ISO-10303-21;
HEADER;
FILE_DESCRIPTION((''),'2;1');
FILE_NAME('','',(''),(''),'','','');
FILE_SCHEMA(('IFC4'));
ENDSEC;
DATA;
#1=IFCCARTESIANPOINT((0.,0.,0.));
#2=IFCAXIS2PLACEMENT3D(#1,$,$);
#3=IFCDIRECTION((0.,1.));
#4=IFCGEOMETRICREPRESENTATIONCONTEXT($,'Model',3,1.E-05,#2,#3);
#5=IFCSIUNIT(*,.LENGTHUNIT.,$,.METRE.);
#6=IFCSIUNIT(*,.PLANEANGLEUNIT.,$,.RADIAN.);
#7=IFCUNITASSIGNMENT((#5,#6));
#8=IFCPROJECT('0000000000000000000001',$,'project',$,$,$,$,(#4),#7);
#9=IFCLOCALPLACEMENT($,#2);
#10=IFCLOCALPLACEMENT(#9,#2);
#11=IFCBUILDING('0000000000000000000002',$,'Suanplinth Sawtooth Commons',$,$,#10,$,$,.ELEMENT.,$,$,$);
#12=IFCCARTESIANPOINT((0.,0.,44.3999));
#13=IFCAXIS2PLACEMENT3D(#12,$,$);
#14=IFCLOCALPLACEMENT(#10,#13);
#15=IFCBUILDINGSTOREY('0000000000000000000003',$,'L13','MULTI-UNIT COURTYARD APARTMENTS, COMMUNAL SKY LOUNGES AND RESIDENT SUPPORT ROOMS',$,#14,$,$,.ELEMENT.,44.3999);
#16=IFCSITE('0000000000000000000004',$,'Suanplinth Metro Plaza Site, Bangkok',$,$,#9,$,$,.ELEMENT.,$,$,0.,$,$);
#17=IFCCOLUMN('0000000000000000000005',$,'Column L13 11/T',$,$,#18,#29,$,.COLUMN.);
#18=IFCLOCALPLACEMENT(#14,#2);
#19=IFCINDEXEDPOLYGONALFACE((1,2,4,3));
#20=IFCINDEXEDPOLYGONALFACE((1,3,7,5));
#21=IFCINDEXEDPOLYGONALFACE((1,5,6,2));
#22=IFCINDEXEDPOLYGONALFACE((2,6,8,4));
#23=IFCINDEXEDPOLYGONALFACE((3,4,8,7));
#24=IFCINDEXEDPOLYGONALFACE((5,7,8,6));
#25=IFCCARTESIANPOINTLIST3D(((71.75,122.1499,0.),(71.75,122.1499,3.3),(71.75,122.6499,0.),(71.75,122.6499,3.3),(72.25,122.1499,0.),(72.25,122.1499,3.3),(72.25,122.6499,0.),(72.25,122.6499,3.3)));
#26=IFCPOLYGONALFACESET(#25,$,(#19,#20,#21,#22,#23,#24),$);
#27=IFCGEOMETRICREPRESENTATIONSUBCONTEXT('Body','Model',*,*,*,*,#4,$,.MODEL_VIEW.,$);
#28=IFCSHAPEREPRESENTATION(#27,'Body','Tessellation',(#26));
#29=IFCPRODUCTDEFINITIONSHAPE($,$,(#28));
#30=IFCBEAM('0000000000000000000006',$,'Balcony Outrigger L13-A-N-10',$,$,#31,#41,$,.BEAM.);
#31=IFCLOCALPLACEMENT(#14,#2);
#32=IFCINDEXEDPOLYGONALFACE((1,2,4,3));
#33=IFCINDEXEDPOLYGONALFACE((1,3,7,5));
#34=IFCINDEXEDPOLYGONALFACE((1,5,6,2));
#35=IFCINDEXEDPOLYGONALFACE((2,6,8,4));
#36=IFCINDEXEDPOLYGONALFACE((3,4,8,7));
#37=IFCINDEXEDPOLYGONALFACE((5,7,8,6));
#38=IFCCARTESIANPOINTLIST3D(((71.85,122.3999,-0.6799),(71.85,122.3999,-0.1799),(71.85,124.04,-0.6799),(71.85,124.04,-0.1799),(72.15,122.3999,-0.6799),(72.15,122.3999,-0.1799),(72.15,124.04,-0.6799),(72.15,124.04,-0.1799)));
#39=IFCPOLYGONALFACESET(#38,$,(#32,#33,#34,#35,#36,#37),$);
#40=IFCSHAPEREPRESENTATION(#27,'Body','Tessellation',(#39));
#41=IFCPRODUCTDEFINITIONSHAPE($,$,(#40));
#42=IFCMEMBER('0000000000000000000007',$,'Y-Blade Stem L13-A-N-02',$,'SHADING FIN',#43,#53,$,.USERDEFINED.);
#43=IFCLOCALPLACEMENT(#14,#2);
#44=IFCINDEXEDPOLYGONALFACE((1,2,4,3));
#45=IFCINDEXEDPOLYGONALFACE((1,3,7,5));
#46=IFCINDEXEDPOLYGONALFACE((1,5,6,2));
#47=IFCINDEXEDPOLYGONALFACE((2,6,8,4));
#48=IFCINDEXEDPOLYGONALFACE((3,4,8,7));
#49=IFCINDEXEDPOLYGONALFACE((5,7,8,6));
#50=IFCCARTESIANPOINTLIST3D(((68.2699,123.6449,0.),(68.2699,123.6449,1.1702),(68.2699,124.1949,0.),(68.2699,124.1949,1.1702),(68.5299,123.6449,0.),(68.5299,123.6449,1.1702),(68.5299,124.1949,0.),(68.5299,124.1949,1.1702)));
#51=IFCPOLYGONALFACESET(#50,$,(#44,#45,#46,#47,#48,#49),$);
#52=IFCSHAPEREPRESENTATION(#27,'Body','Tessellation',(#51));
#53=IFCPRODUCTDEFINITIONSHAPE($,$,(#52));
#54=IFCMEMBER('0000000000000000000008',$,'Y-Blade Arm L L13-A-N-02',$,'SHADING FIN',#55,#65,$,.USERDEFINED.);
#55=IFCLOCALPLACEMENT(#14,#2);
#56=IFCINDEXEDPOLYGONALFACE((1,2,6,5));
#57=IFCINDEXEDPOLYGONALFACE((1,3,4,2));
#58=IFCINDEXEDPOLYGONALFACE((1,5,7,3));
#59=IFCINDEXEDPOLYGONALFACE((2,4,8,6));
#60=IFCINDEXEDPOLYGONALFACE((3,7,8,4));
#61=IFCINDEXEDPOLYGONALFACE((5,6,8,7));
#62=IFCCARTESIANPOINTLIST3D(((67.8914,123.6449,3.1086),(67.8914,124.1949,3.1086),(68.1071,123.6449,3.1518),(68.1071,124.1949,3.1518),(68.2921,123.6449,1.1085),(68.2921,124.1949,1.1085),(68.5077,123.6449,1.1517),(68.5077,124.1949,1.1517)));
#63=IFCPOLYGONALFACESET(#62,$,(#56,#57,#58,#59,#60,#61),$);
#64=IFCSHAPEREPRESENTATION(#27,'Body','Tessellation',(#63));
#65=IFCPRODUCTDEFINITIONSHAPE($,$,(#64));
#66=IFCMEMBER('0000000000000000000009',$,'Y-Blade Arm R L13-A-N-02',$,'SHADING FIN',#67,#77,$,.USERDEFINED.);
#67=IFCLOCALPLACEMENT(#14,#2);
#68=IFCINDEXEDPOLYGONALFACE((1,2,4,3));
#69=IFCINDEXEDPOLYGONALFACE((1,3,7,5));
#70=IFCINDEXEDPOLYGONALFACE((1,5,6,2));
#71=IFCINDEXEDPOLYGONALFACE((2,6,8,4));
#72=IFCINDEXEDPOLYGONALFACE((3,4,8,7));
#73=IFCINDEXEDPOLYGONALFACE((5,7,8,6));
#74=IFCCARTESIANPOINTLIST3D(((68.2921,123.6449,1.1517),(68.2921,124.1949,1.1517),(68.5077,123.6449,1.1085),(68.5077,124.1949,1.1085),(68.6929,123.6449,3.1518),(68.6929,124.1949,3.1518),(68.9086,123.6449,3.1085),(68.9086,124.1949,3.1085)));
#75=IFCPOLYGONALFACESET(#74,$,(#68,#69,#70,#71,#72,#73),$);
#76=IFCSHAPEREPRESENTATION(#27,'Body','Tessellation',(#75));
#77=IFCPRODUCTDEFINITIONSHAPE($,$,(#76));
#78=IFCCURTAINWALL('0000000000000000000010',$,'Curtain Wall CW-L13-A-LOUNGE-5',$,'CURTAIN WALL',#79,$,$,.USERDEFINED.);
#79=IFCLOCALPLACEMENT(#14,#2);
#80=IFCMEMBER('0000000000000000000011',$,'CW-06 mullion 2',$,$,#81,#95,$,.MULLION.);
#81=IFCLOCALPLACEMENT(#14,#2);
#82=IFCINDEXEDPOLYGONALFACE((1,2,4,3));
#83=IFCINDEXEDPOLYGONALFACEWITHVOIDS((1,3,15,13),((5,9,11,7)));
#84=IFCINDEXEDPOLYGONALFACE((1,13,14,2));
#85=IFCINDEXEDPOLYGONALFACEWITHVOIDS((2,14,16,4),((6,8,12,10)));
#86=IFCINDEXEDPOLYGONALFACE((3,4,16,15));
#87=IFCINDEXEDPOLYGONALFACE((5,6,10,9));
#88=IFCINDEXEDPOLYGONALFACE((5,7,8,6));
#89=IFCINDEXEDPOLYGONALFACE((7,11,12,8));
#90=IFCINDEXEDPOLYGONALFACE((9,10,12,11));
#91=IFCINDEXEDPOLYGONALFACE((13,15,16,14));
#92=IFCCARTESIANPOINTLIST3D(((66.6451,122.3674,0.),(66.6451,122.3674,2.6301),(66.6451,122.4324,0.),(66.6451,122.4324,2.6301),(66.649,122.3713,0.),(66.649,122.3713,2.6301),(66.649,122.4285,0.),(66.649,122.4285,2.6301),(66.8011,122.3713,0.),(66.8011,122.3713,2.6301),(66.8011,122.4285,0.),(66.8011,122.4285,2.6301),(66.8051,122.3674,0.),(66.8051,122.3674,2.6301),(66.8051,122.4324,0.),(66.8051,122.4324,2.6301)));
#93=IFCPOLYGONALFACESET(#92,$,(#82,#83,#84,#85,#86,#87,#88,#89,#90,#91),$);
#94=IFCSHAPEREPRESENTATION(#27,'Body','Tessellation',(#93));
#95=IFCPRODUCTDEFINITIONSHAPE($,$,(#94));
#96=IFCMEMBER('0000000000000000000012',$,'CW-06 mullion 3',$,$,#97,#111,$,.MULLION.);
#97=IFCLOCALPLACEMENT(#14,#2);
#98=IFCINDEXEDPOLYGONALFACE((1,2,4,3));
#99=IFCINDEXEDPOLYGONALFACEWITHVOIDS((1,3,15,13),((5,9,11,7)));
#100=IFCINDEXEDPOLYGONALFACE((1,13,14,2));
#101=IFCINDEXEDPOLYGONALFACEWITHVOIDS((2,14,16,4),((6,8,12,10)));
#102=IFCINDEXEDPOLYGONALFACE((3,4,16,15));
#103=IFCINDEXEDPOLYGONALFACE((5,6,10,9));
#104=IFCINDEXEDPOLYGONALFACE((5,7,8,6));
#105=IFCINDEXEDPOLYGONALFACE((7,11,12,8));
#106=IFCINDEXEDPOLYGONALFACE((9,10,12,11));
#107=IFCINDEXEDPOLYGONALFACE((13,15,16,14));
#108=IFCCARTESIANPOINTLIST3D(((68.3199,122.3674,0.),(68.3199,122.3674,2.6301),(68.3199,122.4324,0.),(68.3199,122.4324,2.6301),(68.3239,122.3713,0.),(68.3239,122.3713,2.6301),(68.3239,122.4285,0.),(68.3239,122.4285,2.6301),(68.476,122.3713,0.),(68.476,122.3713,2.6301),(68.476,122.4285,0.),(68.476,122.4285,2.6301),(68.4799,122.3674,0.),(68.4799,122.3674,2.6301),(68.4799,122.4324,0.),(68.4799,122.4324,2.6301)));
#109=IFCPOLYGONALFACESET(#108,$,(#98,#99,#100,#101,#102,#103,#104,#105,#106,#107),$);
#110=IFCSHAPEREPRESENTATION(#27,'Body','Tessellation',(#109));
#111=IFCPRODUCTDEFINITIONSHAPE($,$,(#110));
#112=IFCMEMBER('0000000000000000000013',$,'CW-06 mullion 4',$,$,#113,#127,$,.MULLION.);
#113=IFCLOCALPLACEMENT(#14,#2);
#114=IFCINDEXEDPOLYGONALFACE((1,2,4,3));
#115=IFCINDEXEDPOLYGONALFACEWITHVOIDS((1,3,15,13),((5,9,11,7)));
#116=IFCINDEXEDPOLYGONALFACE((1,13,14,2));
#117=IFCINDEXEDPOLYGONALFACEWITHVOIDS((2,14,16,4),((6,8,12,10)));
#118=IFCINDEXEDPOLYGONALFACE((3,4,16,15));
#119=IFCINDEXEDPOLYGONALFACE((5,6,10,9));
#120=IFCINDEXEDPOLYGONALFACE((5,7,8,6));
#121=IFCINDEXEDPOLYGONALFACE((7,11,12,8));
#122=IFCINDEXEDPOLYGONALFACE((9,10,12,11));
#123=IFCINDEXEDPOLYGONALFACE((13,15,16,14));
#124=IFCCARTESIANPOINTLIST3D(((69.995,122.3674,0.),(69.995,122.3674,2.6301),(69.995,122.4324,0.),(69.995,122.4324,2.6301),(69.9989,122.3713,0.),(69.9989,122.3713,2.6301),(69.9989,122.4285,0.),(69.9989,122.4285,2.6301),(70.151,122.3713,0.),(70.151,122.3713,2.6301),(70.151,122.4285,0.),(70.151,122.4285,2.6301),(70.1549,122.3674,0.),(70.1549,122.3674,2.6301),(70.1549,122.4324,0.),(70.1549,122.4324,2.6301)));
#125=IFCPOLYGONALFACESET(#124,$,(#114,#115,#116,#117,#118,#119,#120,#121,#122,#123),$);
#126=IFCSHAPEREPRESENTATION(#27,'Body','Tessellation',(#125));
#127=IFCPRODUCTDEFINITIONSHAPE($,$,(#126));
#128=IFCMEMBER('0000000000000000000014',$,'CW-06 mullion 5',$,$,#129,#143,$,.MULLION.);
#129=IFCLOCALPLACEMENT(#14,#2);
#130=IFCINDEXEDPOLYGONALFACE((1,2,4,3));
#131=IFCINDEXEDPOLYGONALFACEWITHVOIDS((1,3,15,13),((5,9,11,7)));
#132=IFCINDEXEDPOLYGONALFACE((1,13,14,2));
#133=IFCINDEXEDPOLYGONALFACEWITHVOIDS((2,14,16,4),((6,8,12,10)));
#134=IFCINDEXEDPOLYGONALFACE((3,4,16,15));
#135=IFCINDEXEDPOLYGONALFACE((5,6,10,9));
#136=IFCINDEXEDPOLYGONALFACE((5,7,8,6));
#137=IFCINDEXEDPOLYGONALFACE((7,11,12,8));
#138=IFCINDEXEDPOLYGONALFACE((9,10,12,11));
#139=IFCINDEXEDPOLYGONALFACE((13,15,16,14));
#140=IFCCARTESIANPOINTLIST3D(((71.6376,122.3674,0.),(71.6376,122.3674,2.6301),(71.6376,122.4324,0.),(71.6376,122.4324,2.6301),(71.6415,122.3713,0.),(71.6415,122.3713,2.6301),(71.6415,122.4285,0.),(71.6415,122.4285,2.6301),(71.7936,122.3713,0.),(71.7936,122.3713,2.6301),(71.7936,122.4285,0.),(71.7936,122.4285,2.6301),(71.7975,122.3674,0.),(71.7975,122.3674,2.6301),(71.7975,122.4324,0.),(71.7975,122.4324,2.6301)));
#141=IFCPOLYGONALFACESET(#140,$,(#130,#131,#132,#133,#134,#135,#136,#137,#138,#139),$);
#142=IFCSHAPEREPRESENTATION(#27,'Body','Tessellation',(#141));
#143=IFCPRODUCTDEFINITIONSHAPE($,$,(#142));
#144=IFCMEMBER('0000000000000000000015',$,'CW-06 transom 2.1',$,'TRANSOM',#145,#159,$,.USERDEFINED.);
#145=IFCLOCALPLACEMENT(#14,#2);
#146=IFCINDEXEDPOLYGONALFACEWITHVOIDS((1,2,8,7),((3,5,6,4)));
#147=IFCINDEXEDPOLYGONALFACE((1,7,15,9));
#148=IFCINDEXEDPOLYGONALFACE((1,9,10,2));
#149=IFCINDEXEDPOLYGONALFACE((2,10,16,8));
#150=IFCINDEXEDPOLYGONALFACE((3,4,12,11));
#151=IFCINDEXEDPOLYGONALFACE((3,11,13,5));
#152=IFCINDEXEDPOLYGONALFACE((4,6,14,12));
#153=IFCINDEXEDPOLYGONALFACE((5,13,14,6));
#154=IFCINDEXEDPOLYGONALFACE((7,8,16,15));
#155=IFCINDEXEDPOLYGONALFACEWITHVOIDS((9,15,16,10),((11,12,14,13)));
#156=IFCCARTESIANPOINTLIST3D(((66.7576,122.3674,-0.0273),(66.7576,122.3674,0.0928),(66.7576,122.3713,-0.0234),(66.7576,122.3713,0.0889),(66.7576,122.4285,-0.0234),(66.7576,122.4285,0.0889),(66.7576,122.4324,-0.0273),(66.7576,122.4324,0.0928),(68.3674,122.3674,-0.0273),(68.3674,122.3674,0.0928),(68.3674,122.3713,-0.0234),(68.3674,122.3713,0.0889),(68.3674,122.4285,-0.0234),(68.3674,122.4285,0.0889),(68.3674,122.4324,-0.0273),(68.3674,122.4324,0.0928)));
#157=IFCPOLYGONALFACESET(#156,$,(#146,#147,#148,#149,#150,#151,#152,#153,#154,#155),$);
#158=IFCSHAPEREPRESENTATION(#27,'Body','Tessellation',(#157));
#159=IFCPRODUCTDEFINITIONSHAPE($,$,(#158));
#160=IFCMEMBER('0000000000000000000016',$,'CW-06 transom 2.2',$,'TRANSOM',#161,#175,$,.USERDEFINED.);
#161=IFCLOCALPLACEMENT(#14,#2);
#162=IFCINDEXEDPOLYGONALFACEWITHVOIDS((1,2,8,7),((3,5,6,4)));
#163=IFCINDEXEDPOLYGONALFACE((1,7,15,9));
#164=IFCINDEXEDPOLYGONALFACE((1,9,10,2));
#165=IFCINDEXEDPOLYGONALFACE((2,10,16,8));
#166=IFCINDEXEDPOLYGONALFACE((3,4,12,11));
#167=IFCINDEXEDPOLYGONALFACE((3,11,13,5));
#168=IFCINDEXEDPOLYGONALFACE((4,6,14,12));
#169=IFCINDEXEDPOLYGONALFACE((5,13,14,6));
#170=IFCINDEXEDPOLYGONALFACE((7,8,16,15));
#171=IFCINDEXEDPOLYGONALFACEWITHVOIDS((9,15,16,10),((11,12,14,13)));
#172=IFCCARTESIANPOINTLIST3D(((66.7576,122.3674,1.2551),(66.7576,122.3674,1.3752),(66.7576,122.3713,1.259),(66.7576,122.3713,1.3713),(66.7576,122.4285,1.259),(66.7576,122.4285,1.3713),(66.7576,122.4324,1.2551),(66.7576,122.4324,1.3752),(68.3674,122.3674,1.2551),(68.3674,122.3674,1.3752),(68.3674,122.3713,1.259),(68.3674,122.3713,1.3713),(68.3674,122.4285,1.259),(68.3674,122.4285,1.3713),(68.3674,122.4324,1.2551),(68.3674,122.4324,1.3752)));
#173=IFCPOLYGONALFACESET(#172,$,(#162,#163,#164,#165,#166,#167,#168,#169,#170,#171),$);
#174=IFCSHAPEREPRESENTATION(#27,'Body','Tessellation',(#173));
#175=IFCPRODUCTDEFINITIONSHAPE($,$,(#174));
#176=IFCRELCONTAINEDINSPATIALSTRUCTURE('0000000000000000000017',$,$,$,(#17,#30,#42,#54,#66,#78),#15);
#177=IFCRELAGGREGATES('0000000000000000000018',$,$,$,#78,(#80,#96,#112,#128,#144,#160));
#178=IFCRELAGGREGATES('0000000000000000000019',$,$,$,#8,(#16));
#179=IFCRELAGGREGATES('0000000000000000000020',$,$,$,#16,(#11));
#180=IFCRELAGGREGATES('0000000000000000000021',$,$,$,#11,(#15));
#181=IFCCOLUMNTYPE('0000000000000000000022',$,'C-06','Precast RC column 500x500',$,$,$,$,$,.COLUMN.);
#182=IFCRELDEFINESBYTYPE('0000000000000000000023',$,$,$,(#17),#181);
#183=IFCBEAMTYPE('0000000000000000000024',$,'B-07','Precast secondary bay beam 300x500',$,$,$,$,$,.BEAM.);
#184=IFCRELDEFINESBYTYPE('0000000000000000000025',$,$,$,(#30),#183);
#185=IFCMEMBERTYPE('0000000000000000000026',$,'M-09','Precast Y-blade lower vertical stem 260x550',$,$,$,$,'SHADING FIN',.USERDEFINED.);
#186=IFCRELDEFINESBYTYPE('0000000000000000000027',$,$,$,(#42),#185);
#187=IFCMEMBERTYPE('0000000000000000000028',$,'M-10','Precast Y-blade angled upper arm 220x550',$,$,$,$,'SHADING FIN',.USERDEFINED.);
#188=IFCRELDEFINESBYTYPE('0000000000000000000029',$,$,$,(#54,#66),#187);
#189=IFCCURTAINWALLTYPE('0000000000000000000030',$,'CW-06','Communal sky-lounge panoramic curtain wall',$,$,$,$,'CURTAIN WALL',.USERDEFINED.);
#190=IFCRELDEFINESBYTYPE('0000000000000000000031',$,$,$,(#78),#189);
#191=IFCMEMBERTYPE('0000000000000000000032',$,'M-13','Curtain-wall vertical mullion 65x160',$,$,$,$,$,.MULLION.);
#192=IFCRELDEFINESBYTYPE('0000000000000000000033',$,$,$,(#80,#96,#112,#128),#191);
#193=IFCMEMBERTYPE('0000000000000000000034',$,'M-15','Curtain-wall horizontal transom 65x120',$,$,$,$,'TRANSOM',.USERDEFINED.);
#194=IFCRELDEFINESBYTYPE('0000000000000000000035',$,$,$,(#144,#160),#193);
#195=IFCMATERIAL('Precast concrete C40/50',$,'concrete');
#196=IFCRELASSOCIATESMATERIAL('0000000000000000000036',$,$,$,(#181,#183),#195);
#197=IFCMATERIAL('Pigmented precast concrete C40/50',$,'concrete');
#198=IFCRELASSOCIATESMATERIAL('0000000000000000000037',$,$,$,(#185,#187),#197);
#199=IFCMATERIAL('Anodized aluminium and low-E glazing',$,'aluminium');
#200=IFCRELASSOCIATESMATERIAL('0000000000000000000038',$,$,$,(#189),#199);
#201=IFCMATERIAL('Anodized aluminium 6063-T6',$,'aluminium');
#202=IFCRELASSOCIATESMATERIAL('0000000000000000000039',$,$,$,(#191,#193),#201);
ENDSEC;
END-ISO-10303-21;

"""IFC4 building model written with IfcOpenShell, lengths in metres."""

from ifc_helpers import new_model, si_unit, direction, frame, origin, origin_2d, place, context, subcontext, project, spatial, rectangle, hollow_rectangle, extrude, material, material_profile, profile_set, type_object, element, aggregate, save


model = new_model("IFC4")

# Units and contexts
model_context = context("Model", 3, precision=1e-05, world=origin(), true_north=direction((0.0, 1.0)))
body_context = subcontext(model_context, "Body", "Model", "MODEL_VIEW")
ifc_project = project(units=[si_unit("LENGTHUNIT", "METRE"), si_unit("PLANEANGLEUNIT", "RADIAN")], contexts=[model_context])

# Site, building, storey
site_placement = place(None, origin())
site = spatial("IfcSite", under=ifc_project, at=site_placement, Name="Suanplinth Metro Plaza Site, Bangkok", CompositionType="ELEMENT", RefElevation=0.0)
building_placement = place(site_placement, origin())
building = spatial("IfcBuilding", under=site, at=building_placement, Name="Suanplinth Sawtooth Commons", CompositionType="ELEMENT")
storey_placement = place(building_placement, frame((0.0, 0.0, 44.3999)))
storey = spatial("IfcBuildingStorey", under=building, at=storey_placement, Name="L13", Description="MULTI-UNIT COURTYARD APARTMENTS, COMMUNAL SKY LOUNGES AND RESIDENT SUPPORT ROOMS", CompositionType="ELEMENT", Elevation=44.3999)

# Column
ifc_material_1 = material(Name="Precast concrete C40/50", Category="concrete")
ifc_material_profile_1 = material_profile(ifc_material_1, rectangle(XDim=0.5, YDim=0.5, at=origin_2d()), Name="PC-COL 500x500")
ifc_profile_set_1 = profile_set([ifc_material_profile_1], Name="Precast concrete C40/50")
column_type = type_object("IfcColumnType", Name="C-06", Description="Precast RC column 500x500", PredefinedType="COLUMN", material=ifc_profile_set_1)
column_placement = place(storey_placement, frame((72.0, 122.3999, 0.0), z_axis=(0.0, 0.0, 1.0), x_axis=(1.0, 0.0, 0.0)))
element("IfcColumn", 1, at=column_placement, inside=storey, type_object=column_type, Name="Column L13 11/T", PredefinedType="COLUMN", context=body_context, shape_type="SweptSolid", body=[
    extrude(rectangle(XDim=0.5, YDim=0.5, at=origin_2d()), origin(), (0.0, 0.0, 1.0), 3.3),
])

# Beam
ifc_material_profile_2 = material_profile(ifc_material_1, rectangle(XDim=0.3, YDim=0.5, at=origin_2d()), Name="PC-BM 300x500")
ifc_profile_set_2 = profile_set([ifc_material_profile_2], Name="Precast concrete C40/50")
beam_type = type_object("IfcBeamType", Name="B-07", Description="Precast secondary bay beam 300x500", PredefinedType="BEAM", material=ifc_profile_set_2)
beam_placement = place(storey_placement, frame((72.0, 122.3999, -0.4299), z_axis=(0.0, 1.0, 0.0), x_axis=(-1.0, 0.0, 0.0)))
element("IfcBeam", 2, at=beam_placement, inside=storey, type_object=beam_type, Name="Balcony Outrigger L13-A-N-10", PredefinedType="BEAM", context=body_context, shape_type="SweptSolid", body=[
    extrude(rectangle(XDim=0.3, YDim=0.5, at=origin_2d()), origin(), (0.0, 0.0, 1.0), 1.6401),
])

# Members
ifc_material_2 = material(Name="Pigmented precast concrete C40/50", Category="concrete")
ifc_material_profile_3 = material_profile(ifc_material_2, rectangle(XDim=0.26, YDim=0.55, at=origin_2d()), Name="PC-FIN 260x550")
ifc_profile_set_3 = profile_set([ifc_material_profile_3], Name="Pigmented precast concrete C40/50")
member_type_1 = type_object("IfcMemberType", Name="M-09", Description="Precast Y-blade lower vertical stem 260x550", ElementType="SHADING FIN", PredefinedType="USERDEFINED", material=ifc_profile_set_3)
member_1_placement = place(storey_placement, frame((68.3999, 123.9199, 0.0), z_axis=(0.0, 0.0, 1.0), x_axis=(1.0, 0.0, 0.0)))
element("IfcMember", 3, at=member_1_placement, inside=storey, type_object=member_type_1, Name="Y-Blade Stem L13-A-N-02", ObjectType="SHADING FIN", PredefinedType="USERDEFINED", context=body_context, shape_type="SweptSolid", body=[
    extrude(rectangle(XDim=0.26, YDim=0.55, at=origin_2d()), origin(), (0.0, 0.0, 1.0), 1.1702),
])
ifc_material_profile_4 = material_profile(ifc_material_2, rectangle(XDim=0.22, YDim=0.55, at=origin_2d()), Name="PC-FIN 220x550")
ifc_profile_set_4 = profile_set([ifc_material_profile_4], Name="Pigmented precast concrete C40/50")
member_type_2 = type_object("IfcMemberType", Name="M-10", Description="Precast Y-blade angled upper arm 220x550", ElementType="SHADING FIN", PredefinedType="USERDEFINED", material=ifc_profile_set_4)
for number, where, z_axis, x_axis, name in (
    (4, (68.3999, 123.9199, 1.1301), (-0.196415, 0.0, 0.980521), (0.980521, 0.0, 0.196415), "Y-Blade Arm L L13-A-N-02"),
    (5, (68.3999, 123.9199, 1.1301), (0.19653, 0.0, 0.980498), (-0.980498, 0.0, 0.19653), "Y-Blade Arm R L13-A-N-02"),
):
    element("IfcMember", number, at=place(storey_placement, frame(where, z_axis=z_axis, x_axis=x_axis)), inside=storey, type_object=member_type_2, Name=name, ObjectType="SHADING FIN", PredefinedType="USERDEFINED", context=body_context, shape_type="SweptSolid", body=[
        extrude(rectangle(XDim=0.22, YDim=0.55, at=origin_2d()), origin(), (0.0, 0.0, 1.0), 2.0398),
    ])

# Curtain wall, members
ifc_material_3 = material(Name="Anodized aluminium and low-E glazing", Category="aluminium")
curtain_wall_type = type_object("IfcCurtainWallType", Name="CW-06", Description="Communal sky-lounge panoramic curtain wall", ElementType="CURTAIN WALL", PredefinedType="USERDEFINED", material=ifc_material_3)
curtain_wall_placement = place(storey_placement, origin())
curtain_wall = element("IfcCurtainWall", 6, at=curtain_wall_placement, inside=storey, type_object=curtain_wall_type, Name="Curtain Wall CW-L13-A-LOUNGE-5", ObjectType="CURTAIN WALL", PredefinedType="USERDEFINED")
ifc_material_4 = material(Name="Anodized aluminium 6063-T6", Category="aluminium")
ifc_material_profile_5 = material_profile(ifc_material_4, hollow_rectangle(XDim=0.0649, YDim=0.1599, WallThickness=0.0039, at=origin_2d()), Name="ALU-MUL 65x160")
ifc_profile_set_5 = profile_set([ifc_material_profile_5], Name="Anodized aluminium 6063-T6")
member_type_3 = type_object("IfcMemberType", Name="M-13", Description="Curtain-wall vertical mullion 65x160", PredefinedType="MULLION", material=ifc_profile_set_5)
member_2_placement = place(storey_placement, frame((66.7251, 122.3999, 0.0), z_axis=(0.0, 0.0, 1.0), x_axis=(0.0, 1.0, 0.0)))
member_2 = element("IfcMember", 7, at=member_2_placement, type_object=member_type_3, Name="CW-06 mullion 2", PredefinedType="MULLION", context=body_context, shape_type="SweptSolid", body=[
    extrude(hollow_rectangle(XDim=0.0649, YDim=0.1599, WallThickness=0.0039, at=origin_2d()), origin(), (0.0, 0.0, 1.0), 2.6301),
])
member_3_placement = place(storey_placement, frame((68.3999, 122.3999, 0.0), z_axis=(0.0, 0.0, 1.0), x_axis=(0.0, 1.0, 0.0)))
member_3 = element("IfcMember", 8, at=member_3_placement, type_object=member_type_3, Name="CW-06 mullion 3", PredefinedType="MULLION", context=body_context, shape_type="SweptSolid", body=[
    extrude(hollow_rectangle(XDim=0.0649, YDim=0.1599, WallThickness=0.0039, at=origin_2d()), origin(), (0.0, 0.0, 1.0), 2.6301),
])
member_4_placement = place(storey_placement, frame((70.075, 122.3999, 0.0), z_axis=(0.0, 0.0, 1.0), x_axis=(0.0, 1.0, 0.0)))
member_4 = element("IfcMember", 9, at=member_4_placement, type_object=member_type_3, Name="CW-06 mullion 4", PredefinedType="MULLION", context=body_context, shape_type="SweptSolid", body=[
    extrude(hollow_rectangle(XDim=0.0649, YDim=0.1599, WallThickness=0.0039, at=origin_2d()), origin(), (0.0, 0.0, 1.0), 2.6301),
])
member_5_placement = place(storey_placement, frame((71.7175, 122.3999, 0.0), z_axis=(0.0, 0.0, 1.0), x_axis=(0.0, 1.0, 0.0)))
member_5 = element("IfcMember", 10, at=member_5_placement, type_object=member_type_3, Name="CW-06 mullion 5", PredefinedType="MULLION", context=body_context, shape_type="SweptSolid", body=[
    extrude(hollow_rectangle(XDim=0.0649, YDim=0.1599, WallThickness=0.0039, at=origin_2d()), origin(), (0.0, 0.0, 1.0), 2.6301),
])
ifc_material_profile_6 = material_profile(ifc_material_4, hollow_rectangle(XDim=0.0649, YDim=0.1201, WallThickness=0.0039, at=origin_2d()), Name="ALU-TRN 65x120")
ifc_profile_set_6 = profile_set([ifc_material_profile_6], Name="Anodized aluminium 6063-T6")
member_type_4 = type_object("IfcMemberType", Name="M-15", Description="Curtain-wall horizontal transom 65x120", ElementType="TRANSOM", PredefinedType="USERDEFINED", material=ifc_profile_set_6)
member_6_placement = place(storey_placement, frame((66.7576, 122.3999, 0.0327), z_axis=(1.0, 0.0, 0.0), x_axis=(0.0, 1.0, 0.0)))
member_6 = element("IfcMember", 11, at=member_6_placement, type_object=member_type_4, Name="CW-06 transom 2.1", ObjectType="TRANSOM", PredefinedType="USERDEFINED", context=body_context, shape_type="SweptSolid", body=[
    extrude(hollow_rectangle(XDim=0.0649, YDim=0.1201, WallThickness=0.0039, at=origin_2d()), origin(), (0.0, 0.0, 1.0), 1.6099),
])
member_7_placement = place(storey_placement, frame((66.7576, 122.3999, 1.3152), z_axis=(1.0, 0.0, 0.0), x_axis=(0.0, 1.0, 0.0)))
member_7 = element("IfcMember", 12, at=member_7_placement, type_object=member_type_4, Name="CW-06 transom 2.2", ObjectType="TRANSOM", PredefinedType="USERDEFINED", context=body_context, shape_type="SweptSolid", body=[
    extrude(hollow_rectangle(XDim=0.0649, YDim=0.1201, WallThickness=0.0039, at=origin_2d()), origin(), (0.0, 0.0, 1.0), 1.6099),
])

aggregate(curtain_wall, [member_2, member_3, member_4, member_5, member_6, member_7])

save(model, "model.ifc")
